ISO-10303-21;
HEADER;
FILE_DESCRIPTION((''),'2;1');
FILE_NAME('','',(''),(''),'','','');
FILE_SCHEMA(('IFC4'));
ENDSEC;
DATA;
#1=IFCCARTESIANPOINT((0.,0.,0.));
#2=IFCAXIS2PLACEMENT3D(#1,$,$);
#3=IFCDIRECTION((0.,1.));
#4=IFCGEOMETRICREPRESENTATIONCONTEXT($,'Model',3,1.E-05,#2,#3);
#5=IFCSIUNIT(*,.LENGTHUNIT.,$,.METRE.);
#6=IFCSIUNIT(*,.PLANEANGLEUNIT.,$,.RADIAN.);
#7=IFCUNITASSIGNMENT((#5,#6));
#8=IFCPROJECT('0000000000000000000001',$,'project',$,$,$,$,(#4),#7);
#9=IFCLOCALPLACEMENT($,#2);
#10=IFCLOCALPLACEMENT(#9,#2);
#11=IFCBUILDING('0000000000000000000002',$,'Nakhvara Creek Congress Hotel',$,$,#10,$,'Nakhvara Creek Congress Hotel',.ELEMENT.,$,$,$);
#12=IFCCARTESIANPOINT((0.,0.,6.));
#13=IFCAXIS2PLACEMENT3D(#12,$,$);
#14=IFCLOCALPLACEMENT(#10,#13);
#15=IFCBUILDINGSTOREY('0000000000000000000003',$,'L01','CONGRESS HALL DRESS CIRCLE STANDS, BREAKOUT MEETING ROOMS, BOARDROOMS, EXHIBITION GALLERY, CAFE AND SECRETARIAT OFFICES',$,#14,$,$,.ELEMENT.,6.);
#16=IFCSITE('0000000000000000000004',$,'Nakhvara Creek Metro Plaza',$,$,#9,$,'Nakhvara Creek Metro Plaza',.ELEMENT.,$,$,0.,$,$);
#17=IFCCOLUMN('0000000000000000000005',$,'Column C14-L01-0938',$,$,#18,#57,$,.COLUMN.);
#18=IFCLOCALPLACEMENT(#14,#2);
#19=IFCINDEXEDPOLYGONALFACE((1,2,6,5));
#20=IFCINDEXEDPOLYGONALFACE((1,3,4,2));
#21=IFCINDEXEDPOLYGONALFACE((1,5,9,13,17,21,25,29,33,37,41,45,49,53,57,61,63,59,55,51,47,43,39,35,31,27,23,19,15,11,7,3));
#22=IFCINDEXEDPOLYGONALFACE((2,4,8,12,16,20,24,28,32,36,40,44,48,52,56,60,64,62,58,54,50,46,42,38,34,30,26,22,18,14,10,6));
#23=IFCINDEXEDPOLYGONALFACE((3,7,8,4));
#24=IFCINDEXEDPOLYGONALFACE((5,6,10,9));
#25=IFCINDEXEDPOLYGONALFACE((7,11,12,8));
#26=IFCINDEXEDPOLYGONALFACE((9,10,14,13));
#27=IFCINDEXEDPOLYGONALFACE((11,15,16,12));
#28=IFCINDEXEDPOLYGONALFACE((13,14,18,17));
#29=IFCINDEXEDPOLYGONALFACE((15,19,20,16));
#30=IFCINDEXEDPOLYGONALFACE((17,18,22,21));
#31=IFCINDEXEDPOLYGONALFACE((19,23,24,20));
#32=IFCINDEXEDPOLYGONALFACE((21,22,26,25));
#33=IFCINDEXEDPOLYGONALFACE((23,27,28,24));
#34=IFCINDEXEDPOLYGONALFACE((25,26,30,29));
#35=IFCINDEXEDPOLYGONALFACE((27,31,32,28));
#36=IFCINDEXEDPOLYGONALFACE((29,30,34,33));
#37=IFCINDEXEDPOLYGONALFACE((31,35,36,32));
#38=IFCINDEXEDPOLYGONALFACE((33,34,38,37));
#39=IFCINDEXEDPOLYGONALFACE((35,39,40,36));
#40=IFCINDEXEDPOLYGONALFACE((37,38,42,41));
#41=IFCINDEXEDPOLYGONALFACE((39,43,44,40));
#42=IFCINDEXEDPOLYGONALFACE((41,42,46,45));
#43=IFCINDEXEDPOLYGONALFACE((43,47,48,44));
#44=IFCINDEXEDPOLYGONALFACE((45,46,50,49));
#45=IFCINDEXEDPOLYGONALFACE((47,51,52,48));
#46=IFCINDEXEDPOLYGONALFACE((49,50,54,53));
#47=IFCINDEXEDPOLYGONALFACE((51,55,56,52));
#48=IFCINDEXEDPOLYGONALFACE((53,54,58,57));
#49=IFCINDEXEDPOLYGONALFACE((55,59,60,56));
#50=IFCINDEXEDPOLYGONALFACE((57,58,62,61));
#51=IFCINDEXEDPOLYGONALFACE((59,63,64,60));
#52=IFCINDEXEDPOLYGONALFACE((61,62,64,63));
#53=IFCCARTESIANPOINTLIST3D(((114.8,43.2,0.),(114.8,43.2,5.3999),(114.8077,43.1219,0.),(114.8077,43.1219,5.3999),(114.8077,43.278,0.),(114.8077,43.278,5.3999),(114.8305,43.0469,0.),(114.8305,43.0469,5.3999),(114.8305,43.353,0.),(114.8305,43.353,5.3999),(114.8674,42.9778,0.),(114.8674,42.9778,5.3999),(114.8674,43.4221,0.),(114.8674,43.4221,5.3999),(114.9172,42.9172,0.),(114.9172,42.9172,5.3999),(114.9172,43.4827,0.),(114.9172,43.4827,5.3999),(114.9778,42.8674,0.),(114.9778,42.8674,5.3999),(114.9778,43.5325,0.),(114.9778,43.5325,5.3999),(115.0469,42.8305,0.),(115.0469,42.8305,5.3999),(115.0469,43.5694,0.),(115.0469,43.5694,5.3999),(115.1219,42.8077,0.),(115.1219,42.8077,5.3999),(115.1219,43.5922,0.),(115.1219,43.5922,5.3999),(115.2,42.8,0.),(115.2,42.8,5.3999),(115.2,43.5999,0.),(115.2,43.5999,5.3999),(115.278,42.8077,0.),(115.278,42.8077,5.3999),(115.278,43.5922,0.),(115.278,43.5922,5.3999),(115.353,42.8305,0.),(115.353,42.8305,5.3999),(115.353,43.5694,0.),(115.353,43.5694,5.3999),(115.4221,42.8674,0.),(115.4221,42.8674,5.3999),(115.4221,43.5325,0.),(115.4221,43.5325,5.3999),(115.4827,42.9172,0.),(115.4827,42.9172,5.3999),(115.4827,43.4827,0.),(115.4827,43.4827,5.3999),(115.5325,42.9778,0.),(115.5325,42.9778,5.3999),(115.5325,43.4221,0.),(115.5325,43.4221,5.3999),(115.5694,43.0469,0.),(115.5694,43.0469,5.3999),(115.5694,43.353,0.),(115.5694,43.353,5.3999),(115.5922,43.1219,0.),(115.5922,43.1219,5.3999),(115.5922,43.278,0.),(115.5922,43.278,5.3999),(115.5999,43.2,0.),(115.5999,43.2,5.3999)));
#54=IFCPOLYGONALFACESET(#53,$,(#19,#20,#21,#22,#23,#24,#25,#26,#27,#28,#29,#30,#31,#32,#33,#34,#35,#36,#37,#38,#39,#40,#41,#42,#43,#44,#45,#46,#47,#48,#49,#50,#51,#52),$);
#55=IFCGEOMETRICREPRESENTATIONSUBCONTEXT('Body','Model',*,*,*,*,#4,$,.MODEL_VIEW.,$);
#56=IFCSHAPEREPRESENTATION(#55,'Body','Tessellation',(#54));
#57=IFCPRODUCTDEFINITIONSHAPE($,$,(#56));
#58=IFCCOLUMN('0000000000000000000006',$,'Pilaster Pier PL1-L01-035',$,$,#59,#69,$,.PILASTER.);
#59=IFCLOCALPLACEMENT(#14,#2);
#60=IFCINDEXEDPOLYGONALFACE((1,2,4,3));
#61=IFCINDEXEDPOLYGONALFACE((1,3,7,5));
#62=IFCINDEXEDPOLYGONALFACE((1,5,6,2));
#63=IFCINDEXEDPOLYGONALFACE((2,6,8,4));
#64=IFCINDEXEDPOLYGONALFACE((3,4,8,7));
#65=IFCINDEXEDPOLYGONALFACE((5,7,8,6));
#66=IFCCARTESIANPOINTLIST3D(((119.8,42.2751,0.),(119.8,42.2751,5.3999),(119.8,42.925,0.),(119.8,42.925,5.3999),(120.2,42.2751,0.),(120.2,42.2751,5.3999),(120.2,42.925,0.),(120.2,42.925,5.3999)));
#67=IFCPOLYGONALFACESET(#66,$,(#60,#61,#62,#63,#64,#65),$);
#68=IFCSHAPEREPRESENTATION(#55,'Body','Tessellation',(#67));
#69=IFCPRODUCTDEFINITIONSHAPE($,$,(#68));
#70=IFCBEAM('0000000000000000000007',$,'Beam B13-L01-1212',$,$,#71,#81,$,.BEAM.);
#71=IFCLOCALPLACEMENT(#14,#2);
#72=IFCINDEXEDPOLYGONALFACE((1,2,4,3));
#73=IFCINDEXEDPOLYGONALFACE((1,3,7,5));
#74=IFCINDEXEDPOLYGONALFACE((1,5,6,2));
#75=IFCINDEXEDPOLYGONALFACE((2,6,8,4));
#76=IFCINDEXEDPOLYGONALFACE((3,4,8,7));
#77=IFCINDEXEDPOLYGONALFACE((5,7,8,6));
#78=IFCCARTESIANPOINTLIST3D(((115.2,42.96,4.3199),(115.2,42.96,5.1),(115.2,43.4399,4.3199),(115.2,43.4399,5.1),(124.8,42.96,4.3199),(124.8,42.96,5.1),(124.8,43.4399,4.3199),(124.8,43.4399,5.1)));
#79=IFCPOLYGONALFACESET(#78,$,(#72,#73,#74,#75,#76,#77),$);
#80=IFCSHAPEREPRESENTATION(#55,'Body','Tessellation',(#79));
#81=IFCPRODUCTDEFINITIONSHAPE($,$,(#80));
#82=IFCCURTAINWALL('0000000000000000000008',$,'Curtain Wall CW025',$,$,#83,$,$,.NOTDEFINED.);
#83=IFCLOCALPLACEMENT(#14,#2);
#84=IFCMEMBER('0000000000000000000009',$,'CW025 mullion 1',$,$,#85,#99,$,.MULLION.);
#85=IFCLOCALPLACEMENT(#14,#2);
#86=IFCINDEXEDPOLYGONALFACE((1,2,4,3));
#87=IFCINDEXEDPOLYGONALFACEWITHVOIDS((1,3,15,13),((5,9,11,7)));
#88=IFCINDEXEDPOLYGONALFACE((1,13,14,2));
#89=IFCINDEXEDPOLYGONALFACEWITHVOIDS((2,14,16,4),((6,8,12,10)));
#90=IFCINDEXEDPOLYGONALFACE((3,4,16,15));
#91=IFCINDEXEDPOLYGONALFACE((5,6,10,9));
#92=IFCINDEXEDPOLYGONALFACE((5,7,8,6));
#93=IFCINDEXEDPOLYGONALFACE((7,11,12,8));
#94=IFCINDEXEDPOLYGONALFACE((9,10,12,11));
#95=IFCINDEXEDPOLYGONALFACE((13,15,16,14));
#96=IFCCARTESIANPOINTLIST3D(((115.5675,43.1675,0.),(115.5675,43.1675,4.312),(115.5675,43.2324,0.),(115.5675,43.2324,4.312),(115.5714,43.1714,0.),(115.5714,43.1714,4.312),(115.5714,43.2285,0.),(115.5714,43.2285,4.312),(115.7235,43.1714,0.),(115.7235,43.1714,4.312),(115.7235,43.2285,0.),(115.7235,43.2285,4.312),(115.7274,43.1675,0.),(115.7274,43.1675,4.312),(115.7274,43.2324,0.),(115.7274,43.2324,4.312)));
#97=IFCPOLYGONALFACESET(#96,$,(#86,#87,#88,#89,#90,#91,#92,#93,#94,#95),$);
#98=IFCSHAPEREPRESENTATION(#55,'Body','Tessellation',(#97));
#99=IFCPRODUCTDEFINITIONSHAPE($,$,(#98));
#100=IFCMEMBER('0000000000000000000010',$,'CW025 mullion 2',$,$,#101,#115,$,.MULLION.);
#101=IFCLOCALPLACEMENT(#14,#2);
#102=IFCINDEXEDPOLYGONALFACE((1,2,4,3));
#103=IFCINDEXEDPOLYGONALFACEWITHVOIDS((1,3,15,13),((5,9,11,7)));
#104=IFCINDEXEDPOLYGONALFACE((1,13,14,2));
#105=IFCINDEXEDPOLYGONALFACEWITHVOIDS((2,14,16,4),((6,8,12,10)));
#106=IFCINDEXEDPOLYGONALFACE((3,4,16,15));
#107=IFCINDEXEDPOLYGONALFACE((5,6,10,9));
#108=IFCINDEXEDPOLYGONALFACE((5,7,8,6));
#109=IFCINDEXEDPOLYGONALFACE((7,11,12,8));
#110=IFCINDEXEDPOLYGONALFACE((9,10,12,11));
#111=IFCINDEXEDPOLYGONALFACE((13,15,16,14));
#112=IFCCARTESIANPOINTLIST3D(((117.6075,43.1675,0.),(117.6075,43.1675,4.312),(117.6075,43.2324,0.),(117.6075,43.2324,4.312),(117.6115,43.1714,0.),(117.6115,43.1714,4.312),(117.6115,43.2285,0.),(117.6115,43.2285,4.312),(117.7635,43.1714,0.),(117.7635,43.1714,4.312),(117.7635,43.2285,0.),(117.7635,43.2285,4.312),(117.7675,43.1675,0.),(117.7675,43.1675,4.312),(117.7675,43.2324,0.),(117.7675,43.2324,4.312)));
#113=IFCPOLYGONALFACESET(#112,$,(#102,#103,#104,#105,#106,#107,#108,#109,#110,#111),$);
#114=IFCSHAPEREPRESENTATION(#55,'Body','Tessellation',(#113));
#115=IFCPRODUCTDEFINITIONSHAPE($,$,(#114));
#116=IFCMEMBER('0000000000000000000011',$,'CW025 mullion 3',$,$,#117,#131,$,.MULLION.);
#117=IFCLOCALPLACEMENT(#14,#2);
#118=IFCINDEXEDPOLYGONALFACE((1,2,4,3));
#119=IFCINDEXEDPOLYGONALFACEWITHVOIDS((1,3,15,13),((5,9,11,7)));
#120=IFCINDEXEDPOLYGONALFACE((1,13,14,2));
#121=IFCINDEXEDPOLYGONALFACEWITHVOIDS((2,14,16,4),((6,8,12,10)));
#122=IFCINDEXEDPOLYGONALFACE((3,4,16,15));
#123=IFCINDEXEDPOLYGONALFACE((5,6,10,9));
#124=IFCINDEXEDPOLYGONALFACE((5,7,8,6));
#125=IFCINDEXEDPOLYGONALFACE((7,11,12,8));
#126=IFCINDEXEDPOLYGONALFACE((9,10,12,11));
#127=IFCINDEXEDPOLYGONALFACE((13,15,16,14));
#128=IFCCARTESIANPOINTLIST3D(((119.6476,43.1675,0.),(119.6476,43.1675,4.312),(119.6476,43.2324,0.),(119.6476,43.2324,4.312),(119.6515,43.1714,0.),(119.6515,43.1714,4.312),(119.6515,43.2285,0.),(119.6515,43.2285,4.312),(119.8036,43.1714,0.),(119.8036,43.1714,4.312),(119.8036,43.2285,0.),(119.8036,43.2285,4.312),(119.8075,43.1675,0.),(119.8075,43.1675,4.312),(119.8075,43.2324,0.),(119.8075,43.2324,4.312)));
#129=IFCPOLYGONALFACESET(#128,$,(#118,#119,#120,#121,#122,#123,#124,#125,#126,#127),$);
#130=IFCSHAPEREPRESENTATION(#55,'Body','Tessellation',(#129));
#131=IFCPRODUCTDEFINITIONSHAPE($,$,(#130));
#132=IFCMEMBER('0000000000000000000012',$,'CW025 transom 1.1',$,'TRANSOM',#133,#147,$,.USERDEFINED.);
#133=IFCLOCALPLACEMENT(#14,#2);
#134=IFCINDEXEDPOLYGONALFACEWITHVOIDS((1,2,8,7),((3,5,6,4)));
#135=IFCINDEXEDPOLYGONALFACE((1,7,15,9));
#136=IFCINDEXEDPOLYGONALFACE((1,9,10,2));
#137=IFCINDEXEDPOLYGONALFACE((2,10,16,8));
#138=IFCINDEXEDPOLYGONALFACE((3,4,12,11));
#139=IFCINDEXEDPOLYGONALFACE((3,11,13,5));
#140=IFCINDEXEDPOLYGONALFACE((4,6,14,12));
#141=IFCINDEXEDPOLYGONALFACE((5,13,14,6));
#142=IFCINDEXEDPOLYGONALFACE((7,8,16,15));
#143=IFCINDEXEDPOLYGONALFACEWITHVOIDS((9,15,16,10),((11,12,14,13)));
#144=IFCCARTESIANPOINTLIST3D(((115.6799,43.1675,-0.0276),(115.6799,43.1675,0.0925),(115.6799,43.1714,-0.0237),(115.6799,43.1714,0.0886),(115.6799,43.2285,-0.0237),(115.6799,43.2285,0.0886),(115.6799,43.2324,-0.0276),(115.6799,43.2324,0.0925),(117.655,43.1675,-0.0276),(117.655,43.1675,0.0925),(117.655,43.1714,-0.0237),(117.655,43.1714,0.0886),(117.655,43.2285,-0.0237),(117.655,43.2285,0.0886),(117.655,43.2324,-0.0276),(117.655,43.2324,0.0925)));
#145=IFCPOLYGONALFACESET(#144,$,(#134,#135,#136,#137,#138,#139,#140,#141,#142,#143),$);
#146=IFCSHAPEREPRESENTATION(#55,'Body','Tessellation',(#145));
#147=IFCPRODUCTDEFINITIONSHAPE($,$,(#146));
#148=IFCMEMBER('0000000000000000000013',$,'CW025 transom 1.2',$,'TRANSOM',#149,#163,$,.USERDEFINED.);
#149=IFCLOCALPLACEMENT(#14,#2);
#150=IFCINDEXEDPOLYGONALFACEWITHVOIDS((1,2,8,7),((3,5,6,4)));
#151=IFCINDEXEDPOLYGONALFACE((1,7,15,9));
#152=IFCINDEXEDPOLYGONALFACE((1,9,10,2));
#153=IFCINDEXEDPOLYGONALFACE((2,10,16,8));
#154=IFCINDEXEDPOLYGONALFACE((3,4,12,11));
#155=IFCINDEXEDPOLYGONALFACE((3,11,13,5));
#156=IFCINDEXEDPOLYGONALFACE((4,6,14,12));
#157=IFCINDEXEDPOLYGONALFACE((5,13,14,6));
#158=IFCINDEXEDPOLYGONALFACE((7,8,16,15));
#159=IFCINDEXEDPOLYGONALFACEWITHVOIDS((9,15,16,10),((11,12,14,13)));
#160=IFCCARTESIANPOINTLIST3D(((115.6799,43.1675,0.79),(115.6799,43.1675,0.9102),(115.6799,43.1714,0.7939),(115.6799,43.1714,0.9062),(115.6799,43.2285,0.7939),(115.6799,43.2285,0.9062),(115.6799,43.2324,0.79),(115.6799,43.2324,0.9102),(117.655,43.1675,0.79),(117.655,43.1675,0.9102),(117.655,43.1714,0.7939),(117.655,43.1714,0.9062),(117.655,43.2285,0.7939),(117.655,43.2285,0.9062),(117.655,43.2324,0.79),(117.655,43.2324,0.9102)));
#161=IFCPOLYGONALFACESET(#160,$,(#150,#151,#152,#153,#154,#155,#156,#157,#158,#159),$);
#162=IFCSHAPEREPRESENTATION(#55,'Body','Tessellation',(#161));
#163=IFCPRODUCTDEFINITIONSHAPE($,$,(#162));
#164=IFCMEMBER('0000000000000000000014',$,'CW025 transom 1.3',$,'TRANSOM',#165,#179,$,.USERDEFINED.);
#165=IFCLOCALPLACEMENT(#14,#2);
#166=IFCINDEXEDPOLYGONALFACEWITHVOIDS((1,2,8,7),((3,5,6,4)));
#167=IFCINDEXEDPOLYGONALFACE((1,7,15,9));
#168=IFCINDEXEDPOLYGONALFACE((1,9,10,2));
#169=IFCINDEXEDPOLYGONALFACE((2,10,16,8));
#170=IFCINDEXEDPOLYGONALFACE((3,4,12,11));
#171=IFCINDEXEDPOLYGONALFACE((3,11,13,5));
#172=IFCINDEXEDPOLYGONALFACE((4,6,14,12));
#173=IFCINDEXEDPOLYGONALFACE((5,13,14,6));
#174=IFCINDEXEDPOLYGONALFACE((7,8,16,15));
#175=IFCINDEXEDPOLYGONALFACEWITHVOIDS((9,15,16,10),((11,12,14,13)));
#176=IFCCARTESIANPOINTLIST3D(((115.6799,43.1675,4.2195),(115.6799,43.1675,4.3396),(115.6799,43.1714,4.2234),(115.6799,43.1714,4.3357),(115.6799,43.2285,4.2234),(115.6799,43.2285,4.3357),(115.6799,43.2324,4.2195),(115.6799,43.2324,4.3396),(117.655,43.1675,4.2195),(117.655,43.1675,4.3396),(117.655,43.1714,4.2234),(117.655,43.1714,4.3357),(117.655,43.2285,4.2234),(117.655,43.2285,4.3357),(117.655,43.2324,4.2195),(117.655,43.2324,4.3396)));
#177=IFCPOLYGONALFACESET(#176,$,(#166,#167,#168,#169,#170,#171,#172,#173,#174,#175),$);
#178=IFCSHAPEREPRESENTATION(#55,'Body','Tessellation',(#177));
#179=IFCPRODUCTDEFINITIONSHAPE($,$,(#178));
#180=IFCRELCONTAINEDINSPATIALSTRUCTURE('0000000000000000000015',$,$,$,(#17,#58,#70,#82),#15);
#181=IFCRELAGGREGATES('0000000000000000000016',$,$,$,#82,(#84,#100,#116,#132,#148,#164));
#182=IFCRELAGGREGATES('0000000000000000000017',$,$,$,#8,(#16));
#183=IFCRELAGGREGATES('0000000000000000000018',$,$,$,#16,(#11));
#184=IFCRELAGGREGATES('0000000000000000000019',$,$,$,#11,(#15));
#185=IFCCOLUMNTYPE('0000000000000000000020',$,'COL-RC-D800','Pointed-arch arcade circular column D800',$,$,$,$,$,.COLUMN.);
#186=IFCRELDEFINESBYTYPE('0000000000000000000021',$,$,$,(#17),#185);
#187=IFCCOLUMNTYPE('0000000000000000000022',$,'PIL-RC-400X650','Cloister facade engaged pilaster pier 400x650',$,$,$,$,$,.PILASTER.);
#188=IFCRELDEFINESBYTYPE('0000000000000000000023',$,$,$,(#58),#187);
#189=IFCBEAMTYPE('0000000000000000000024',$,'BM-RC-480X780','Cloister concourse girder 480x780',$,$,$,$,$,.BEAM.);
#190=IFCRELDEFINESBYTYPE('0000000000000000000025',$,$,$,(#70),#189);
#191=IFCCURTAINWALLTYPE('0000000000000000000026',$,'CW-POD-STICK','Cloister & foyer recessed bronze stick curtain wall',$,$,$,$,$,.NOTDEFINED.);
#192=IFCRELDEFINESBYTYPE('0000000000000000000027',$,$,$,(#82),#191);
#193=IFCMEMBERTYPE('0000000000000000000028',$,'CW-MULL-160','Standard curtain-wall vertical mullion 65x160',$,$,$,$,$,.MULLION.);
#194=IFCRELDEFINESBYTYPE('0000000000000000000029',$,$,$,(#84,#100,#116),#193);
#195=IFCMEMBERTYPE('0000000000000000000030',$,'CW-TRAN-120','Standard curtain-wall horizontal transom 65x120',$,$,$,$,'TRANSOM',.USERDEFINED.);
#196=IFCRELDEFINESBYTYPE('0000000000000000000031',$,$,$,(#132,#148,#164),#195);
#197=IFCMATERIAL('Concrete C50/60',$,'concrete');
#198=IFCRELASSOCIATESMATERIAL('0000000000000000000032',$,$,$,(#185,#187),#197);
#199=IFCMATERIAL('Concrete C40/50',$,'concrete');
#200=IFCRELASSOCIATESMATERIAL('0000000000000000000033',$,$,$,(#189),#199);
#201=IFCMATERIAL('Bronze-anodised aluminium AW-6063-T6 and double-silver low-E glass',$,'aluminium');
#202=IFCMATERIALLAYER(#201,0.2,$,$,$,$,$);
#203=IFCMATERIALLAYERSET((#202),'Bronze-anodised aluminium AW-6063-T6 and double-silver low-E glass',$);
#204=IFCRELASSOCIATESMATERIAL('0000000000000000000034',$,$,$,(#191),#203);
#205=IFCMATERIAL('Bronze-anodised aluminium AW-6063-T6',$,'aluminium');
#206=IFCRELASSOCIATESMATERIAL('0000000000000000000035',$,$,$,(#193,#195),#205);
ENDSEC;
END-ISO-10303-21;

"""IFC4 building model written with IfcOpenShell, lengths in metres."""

from ifc_helpers import new_model, si_unit, direction, frame, origin, origin_2d, place, context, subcontext, project, spatial, rectangle, hollow_rectangle, circle, extrude, material, layer, layer_set, material_profile, profile_set, type_object, element, aggregate, save


model = new_model("IFC4")

# Units and contexts
model_context = context("Model", 3, precision=1e-05, world=origin(), true_north=direction((0.0, 1.0)))
body_context = subcontext(model_context, "Body", "Model", "MODEL_VIEW")
ifc_project = project(units=[si_unit("LENGTHUNIT", "METRE"), si_unit("PLANEANGLEUNIT", "RADIAN")], contexts=[model_context])

# Site, building, storey
site_placement = place(None, origin())
site = spatial("IfcSite", under=ifc_project, at=site_placement, Name="Nakhvara Creek Metro Plaza", LongName="Nakhvara Creek Metro Plaza", CompositionType="ELEMENT", RefElevation=0.0)
building_placement = place(site_placement, origin())
building = spatial("IfcBuilding", under=site, at=building_placement, Name="Nakhvara Creek Congress Hotel", LongName="Nakhvara Creek Congress Hotel", CompositionType="ELEMENT")
storey_placement = place(building_placement, frame((0.0, 0.0, 6.0)))
storey = spatial("IfcBuildingStorey", under=building, at=storey_placement, Name="L01", Description="CONGRESS HALL DRESS CIRCLE STANDS, BREAKOUT MEETING ROOMS, BOARDROOMS, EXHIBITION GALLERY, CAFE AND SECRETARIAT OFFICES", CompositionType="ELEMENT", Elevation=6.0)

# Columns
ifc_material_1 = material(Name="Concrete C50/60", Category="concrete")
ifc_material_profile_1 = material_profile(ifc_material_1, circle(Radius=0.3999, at=origin_2d()), Name="RC-COL D800", Category="LoadBearing")
ifc_profile_set_1 = profile_set([ifc_material_profile_1], Name="Concrete C50/60")
column_type_1 = type_object("IfcColumnType", Name="COL-RC-D800", Description="Pointed-arch arcade circular column D800", PredefinedType="COLUMN", material=ifc_profile_set_1)
column_1_placement = place(storey_placement, frame((115.2, 43.2, 0.0), z_axis=(0.0, 0.0, 1.0), x_axis=(1.0, 0.0, 0.0)))
element("IfcColumn", 1, at=column_1_placement, inside=storey, type_object=column_type_1, Name="Column C14-L01-0938", PredefinedType="COLUMN", context=body_context, shape_type="SweptSolid", body=[
    extrude(circle(Radius=0.3999, at=origin_2d()), origin(), (0.0, 0.0, 1.0), 5.3999),
])
ifc_material_profile_2 = material_profile(ifc_material_1, rectangle(XDim=0.3999, YDim=0.6499, at=origin_2d()), Name="RC-PIL 400x650", Category="LoadBearing")
ifc_profile_set_2 = profile_set([ifc_material_profile_2], Name="Concrete C50/60")
column_type_2 = type_object("IfcColumnType", Name="PIL-RC-400X650", Description="Cloister facade engaged pilaster pier 400x650", PredefinedType="PILASTER", material=ifc_profile_set_2)
column_2_placement = place(storey_placement, frame((120.0, 42.6001, 0.0), z_axis=(0.0, 0.0, 1.0), x_axis=(1.0, 0.0, 0.0)))
element("IfcColumn", 2, at=column_2_placement, inside=storey, type_object=column_type_2, Name="Pilaster Pier PL1-L01-035", PredefinedType="PILASTER", context=body_context, shape_type="SweptSolid", body=[
    extrude(rectangle(XDim=0.3999, YDim=0.6499, at=origin_2d()), origin(), (0.0, 0.0, 1.0), 5.3999),
])

# Beam
ifc_material_2 = material(Name="Concrete C40/50", Category="concrete")
ifc_material_profile_3 = material_profile(ifc_material_2, rectangle(XDim=0.48, YDim=0.78, at=origin_2d()), Name="RC-BM 480x780", Category="LoadBearing")
ifc_profile_set_3 = profile_set([ifc_material_profile_3], Name="Concrete C40/50")
beam_type = type_object("IfcBeamType", Name="BM-RC-480X780", Description="Cloister concourse girder 480x780", PredefinedType="BEAM", material=ifc_profile_set_3)
beam_placement = place(storey_placement, frame((115.2, 43.2, 4.71), z_axis=(1.0, 0.0, 0.0), x_axis=(0.0, 1.0, 0.0)))
element("IfcBeam", 3, at=beam_placement, inside=storey, type_object=beam_type, Name="Beam B13-L01-1212", PredefinedType="BEAM", context=body_context, shape_type="SweptSolid", body=[
    extrude(rectangle(XDim=0.48, YDim=0.78, at=origin_2d()), origin(), (0.0, 0.0, 1.0), 9.6001),
])

# Curtain wall, members
ifc_material_3 = material(Name="Bronze-anodised aluminium AW-6063-T6 and double-silver low-E glass", Category="aluminium")
ifc_layer = layer(ifc_material_3, 0.2)
ifc_layer_set = layer_set([ifc_layer], Name="Bronze-anodised aluminium AW-6063-T6 and double-silver low-E glass")
curtain_wall_type = type_object("IfcCurtainWallType", Name="CW-POD-STICK", Description="Cloister & foyer recessed bronze stick curtain wall", PredefinedType="NOTDEFINED", material=ifc_layer_set)
curtain_wall_placement = place(storey_placement, origin())
curtain_wall = element("IfcCurtainWall", 4, at=curtain_wall_placement, inside=storey, type_object=curtain_wall_type, Name="Curtain Wall CW025", PredefinedType="NOTDEFINED")
ifc_material_4 = material(Name="Bronze-anodised aluminium AW-6063-T6", Category="aluminium")
ifc_material_profile_4 = material_profile(ifc_material_4, hollow_rectangle(XDim=0.0649, YDim=0.1599, WallThickness=0.0039, at=origin_2d()), Name="ALU-MULL 65x160x4", Category="LoadBearing")
ifc_profile_set_4 = profile_set([ifc_material_profile_4], Name="Bronze-anodised aluminium AW-6063-T6")
member_type_1 = type_object("IfcMemberType", Name="CW-MULL-160", Description="Standard curtain-wall vertical mullion 65x160", PredefinedType="MULLION", material=ifc_profile_set_4)
member_1_placement = place(storey_placement, frame((115.6475, 43.2, 0.0), z_axis=(0.0, 0.0, 1.0), x_axis=(0.0, 1.0, 0.0)))
member_1 = element("IfcMember", 5, at=member_1_placement, type_object=member_type_1, Name="CW025 mullion 1", PredefinedType="MULLION", context=body_context, shape_type="SweptSolid", body=[
    extrude(hollow_rectangle(XDim=0.0649, YDim=0.1599, WallThickness=0.0039, at=origin_2d()), origin(), (0.0, 0.0, 1.0), 4.312),
])
member_2_placement = place(storey_placement, frame((117.6875, 43.2, 0.0), z_axis=(0.0, 0.0, 1.0), x_axis=(0.0, 1.0, 0.0)))
member_2 = element("IfcMember", 6, at=member_2_placement, type_object=member_type_1, Name="CW025 mullion 2", PredefinedType="MULLION", context=body_context, shape_type="SweptSolid", body=[
    extrude(hollow_rectangle(XDim=0.0649, YDim=0.1599, WallThickness=0.0039, at=origin_2d()), origin(), (0.0, 0.0, 1.0), 4.312),
])
member_3_placement = place(storey_placement, frame((119.7275, 43.2, 0.0), z_axis=(0.0, 0.0, 1.0), x_axis=(0.0, 1.0, 0.0)))
member_3 = element("IfcMember", 7, at=member_3_placement, type_object=member_type_1, Name="CW025 mullion 3", PredefinedType="MULLION", context=body_context, shape_type="SweptSolid", body=[
    extrude(hollow_rectangle(XDim=0.0649, YDim=0.1599, WallThickness=0.0039, at=origin_2d()), origin(), (0.0, 0.0, 1.0), 4.312),
])
ifc_material_profile_5 = material_profile(ifc_material_4, hollow_rectangle(XDim=0.0649, YDim=0.1201, WallThickness=0.0039, at=origin_2d()), Name="ALU-TRAN 65x120x4", Category="LoadBearing")
ifc_profile_set_5 = profile_set([ifc_material_profile_5], Name="Bronze-anodised aluminium AW-6063-T6")
member_type_2 = type_object("IfcMemberType", Name="CW-TRAN-120", Description="Standard curtain-wall horizontal transom 65x120", ElementType="TRANSOM", PredefinedType="USERDEFINED", material=ifc_profile_set_5)
member_4_placement = place(storey_placement, frame((115.6799, 43.2, 0.0325), z_axis=(1.0, 0.0, 0.0), x_axis=(0.0, 1.0, 0.0)))
member_4 = element("IfcMember", 8, at=member_4_placement, type_object=member_type_2, Name="CW025 transom 1.1", ObjectType="TRANSOM", PredefinedType="USERDEFINED", context=body_context, shape_type="SweptSolid", body=[
    extrude(hollow_rectangle(XDim=0.0649, YDim=0.1201, WallThickness=0.0039, at=origin_2d()), origin(), (0.0, 0.0, 1.0), 1.9751),
])
member_5_placement = place(storey_placement, frame((115.6799, 43.2, 0.8501), z_axis=(1.0, 0.0, 0.0), x_axis=(0.0, 1.0, 0.0)))
member_5 = element("IfcMember", 9, at=member_5_placement, type_object=member_type_2, Name="CW025 transom 1.2", ObjectType="TRANSOM", PredefinedType="USERDEFINED", context=body_context, shape_type="SweptSolid", body=[
    extrude(hollow_rectangle(XDim=0.0649, YDim=0.1201, WallThickness=0.0039, at=origin_2d()), origin(), (0.0, 0.0, 1.0), 1.9751),
])
member_6_placement = place(storey_placement, frame((115.6799, 43.2, 4.2795), z_axis=(1.0, 0.0, 0.0), x_axis=(0.0, 1.0, 0.0)))
member_6 = element("IfcMember", 10, at=member_6_placement, type_object=member_type_2, Name="CW025 transom 1.3", ObjectType="TRANSOM", PredefinedType="USERDEFINED", context=body_context, shape_type="SweptSolid", body=[
    extrude(hollow_rectangle(XDim=0.0649, YDim=0.1201, WallThickness=0.0039, at=origin_2d()), origin(), (0.0, 0.0, 1.0), 1.9751),
])

aggregate(curtain_wall, [member_1, member_2, member_3, member_4, member_5, member_6])

save(model, "model.ifc")
